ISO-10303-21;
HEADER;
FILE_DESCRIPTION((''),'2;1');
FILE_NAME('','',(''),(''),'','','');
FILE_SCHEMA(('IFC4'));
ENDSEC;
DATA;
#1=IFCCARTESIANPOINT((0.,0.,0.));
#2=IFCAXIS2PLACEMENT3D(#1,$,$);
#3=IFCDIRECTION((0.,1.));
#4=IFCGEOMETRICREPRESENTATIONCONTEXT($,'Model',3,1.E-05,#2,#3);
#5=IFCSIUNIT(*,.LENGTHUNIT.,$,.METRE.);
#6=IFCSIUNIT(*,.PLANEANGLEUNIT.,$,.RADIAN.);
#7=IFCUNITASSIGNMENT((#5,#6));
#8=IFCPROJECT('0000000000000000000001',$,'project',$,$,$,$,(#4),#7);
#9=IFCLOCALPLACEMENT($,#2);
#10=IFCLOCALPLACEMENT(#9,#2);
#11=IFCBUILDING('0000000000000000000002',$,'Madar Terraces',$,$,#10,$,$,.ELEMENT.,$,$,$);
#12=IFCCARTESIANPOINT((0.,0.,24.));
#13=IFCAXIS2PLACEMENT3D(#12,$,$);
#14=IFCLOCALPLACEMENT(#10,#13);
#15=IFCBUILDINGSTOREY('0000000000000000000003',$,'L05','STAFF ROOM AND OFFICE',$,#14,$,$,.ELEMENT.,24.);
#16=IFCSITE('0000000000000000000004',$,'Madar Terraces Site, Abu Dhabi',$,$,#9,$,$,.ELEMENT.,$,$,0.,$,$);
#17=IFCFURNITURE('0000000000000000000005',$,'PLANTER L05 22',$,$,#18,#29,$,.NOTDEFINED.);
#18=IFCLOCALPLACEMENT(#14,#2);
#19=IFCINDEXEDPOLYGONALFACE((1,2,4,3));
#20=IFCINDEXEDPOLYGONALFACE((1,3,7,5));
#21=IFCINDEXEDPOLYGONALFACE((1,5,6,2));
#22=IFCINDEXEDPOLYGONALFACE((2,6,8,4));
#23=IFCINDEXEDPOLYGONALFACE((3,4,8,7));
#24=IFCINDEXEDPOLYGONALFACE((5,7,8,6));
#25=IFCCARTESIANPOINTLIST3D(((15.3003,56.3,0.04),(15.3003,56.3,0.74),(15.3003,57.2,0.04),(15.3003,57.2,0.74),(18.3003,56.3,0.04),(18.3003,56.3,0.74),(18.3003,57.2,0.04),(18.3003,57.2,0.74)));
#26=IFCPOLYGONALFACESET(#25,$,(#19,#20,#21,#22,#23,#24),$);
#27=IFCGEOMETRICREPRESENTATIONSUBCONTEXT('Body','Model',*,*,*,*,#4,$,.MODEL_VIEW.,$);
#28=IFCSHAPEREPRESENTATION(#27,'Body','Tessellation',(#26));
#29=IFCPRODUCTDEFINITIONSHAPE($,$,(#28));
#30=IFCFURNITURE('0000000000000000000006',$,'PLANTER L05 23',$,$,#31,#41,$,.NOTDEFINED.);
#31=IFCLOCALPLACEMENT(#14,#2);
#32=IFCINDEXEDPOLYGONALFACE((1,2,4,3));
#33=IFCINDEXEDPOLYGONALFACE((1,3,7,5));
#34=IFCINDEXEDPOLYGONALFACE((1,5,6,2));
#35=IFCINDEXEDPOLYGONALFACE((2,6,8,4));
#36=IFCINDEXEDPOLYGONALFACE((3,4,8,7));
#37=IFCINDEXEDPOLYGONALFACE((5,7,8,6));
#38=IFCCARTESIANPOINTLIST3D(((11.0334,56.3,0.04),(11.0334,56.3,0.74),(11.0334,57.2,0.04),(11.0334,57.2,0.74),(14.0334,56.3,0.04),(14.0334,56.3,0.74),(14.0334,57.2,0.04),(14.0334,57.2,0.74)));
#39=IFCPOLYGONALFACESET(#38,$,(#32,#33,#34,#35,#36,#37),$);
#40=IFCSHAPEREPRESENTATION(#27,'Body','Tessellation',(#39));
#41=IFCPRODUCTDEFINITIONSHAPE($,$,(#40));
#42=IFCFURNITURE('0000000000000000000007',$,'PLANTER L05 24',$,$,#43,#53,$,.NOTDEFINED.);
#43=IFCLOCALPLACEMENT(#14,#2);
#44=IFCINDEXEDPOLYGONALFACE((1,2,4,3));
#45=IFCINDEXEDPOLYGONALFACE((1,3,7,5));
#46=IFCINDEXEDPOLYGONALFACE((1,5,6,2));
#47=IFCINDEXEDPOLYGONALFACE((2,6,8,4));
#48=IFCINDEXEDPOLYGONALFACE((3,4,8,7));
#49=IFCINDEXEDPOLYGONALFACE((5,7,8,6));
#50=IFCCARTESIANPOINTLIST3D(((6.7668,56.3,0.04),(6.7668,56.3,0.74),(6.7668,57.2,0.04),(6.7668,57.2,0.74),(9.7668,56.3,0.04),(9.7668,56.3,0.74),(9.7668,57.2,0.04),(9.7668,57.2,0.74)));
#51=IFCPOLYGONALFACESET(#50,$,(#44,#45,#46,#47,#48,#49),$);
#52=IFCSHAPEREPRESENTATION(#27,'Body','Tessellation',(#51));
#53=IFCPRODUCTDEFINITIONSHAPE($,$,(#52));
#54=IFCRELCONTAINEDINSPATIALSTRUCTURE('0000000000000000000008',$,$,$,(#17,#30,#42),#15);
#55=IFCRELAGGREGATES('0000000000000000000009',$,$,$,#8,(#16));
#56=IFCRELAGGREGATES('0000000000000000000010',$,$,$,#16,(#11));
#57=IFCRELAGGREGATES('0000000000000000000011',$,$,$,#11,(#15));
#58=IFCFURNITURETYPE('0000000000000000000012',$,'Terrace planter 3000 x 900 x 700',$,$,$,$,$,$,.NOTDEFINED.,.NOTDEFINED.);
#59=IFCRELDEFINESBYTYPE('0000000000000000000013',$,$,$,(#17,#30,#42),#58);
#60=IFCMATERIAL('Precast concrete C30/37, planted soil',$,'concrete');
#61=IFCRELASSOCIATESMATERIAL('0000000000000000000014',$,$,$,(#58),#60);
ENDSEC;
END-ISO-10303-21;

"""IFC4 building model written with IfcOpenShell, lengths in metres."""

from ifc_helpers import new_model, si_unit, direction, frame, origin, origin_2d, place, context, subcontext, project, spatial, rectangle, extrude, material, type_object, element, save


model = new_model("IFC4")

# Units and contexts
model_context = context("Model", 3, precision=1e-05, world=origin(), true_north=direction((0.0, 1.0)))
body_context = subcontext(model_context, "Body", "Model", "MODEL_VIEW")
ifc_project = project(units=[si_unit("LENGTHUNIT", "METRE"), si_unit("PLANEANGLEUNIT", "RADIAN")], contexts=[model_context])

# Site, building, storey
site_placement = place(None, origin())
site = spatial("IfcSite", under=ifc_project, at=site_placement, Name="Madar Terraces Site, Abu Dhabi", CompositionType="ELEMENT", RefElevation=0.0)
building_placement = place(site_placement, origin())
building = spatial("IfcBuilding", under=site, at=building_placement, Name="Madar Terraces", CompositionType="ELEMENT")
storey_placement = place(building_placement, frame((0.0, 0.0, 24.0)))
storey = spatial("IfcBuildingStorey", under=building, at=storey_placement, Name="L05", Description="STAFF ROOM AND OFFICE", CompositionType="ELEMENT", Elevation=24.0)

# Furniture
ifc_material_1 = material(Name="Precast concrete C30/37, planted soil", Category="concrete")
furniture_type = type_object("IfcFurnitureType", Name="Terrace planter 3000 x 900 x 700", AssemblyPlace="NOTDEFINED", PredefinedType="NOTDEFINED", material=ifc_material_1)
for number, where, z_axis, x_axis, name in (
    (1, (16.8003, 56.75, 0.04), (0.0, 0.0, 1.0), (-1.0, 0.0, 0.0), "PLANTER L05 22"),
    (2, (12.5334, 56.75, 0.04), (0.0, 0.0, 1.0), (-1.0, 0.0, 0.0), "PLANTER L05 23"),
    (3, (8.2668, 56.75, 0.04), (0.0, 0.0, 1.0), (-1.0, 0.0, 0.0), "PLANTER L05 24"),
):
    element("IfcFurniture", number, at=place(storey_placement, frame(where, z_axis=z_axis, x_axis=x_axis)), inside=storey, type_object=furniture_type, Name=name, PredefinedType="NOTDEFINED", context=body_context, shape_type="SweptSolid", body=[
        extrude(rectangle(XDim=3.0, YDim=0.8999, at=origin_2d()), origin(), (0.0, 0.0, 1.0), 0.7),
    ])

save(model, "model.ifc")
